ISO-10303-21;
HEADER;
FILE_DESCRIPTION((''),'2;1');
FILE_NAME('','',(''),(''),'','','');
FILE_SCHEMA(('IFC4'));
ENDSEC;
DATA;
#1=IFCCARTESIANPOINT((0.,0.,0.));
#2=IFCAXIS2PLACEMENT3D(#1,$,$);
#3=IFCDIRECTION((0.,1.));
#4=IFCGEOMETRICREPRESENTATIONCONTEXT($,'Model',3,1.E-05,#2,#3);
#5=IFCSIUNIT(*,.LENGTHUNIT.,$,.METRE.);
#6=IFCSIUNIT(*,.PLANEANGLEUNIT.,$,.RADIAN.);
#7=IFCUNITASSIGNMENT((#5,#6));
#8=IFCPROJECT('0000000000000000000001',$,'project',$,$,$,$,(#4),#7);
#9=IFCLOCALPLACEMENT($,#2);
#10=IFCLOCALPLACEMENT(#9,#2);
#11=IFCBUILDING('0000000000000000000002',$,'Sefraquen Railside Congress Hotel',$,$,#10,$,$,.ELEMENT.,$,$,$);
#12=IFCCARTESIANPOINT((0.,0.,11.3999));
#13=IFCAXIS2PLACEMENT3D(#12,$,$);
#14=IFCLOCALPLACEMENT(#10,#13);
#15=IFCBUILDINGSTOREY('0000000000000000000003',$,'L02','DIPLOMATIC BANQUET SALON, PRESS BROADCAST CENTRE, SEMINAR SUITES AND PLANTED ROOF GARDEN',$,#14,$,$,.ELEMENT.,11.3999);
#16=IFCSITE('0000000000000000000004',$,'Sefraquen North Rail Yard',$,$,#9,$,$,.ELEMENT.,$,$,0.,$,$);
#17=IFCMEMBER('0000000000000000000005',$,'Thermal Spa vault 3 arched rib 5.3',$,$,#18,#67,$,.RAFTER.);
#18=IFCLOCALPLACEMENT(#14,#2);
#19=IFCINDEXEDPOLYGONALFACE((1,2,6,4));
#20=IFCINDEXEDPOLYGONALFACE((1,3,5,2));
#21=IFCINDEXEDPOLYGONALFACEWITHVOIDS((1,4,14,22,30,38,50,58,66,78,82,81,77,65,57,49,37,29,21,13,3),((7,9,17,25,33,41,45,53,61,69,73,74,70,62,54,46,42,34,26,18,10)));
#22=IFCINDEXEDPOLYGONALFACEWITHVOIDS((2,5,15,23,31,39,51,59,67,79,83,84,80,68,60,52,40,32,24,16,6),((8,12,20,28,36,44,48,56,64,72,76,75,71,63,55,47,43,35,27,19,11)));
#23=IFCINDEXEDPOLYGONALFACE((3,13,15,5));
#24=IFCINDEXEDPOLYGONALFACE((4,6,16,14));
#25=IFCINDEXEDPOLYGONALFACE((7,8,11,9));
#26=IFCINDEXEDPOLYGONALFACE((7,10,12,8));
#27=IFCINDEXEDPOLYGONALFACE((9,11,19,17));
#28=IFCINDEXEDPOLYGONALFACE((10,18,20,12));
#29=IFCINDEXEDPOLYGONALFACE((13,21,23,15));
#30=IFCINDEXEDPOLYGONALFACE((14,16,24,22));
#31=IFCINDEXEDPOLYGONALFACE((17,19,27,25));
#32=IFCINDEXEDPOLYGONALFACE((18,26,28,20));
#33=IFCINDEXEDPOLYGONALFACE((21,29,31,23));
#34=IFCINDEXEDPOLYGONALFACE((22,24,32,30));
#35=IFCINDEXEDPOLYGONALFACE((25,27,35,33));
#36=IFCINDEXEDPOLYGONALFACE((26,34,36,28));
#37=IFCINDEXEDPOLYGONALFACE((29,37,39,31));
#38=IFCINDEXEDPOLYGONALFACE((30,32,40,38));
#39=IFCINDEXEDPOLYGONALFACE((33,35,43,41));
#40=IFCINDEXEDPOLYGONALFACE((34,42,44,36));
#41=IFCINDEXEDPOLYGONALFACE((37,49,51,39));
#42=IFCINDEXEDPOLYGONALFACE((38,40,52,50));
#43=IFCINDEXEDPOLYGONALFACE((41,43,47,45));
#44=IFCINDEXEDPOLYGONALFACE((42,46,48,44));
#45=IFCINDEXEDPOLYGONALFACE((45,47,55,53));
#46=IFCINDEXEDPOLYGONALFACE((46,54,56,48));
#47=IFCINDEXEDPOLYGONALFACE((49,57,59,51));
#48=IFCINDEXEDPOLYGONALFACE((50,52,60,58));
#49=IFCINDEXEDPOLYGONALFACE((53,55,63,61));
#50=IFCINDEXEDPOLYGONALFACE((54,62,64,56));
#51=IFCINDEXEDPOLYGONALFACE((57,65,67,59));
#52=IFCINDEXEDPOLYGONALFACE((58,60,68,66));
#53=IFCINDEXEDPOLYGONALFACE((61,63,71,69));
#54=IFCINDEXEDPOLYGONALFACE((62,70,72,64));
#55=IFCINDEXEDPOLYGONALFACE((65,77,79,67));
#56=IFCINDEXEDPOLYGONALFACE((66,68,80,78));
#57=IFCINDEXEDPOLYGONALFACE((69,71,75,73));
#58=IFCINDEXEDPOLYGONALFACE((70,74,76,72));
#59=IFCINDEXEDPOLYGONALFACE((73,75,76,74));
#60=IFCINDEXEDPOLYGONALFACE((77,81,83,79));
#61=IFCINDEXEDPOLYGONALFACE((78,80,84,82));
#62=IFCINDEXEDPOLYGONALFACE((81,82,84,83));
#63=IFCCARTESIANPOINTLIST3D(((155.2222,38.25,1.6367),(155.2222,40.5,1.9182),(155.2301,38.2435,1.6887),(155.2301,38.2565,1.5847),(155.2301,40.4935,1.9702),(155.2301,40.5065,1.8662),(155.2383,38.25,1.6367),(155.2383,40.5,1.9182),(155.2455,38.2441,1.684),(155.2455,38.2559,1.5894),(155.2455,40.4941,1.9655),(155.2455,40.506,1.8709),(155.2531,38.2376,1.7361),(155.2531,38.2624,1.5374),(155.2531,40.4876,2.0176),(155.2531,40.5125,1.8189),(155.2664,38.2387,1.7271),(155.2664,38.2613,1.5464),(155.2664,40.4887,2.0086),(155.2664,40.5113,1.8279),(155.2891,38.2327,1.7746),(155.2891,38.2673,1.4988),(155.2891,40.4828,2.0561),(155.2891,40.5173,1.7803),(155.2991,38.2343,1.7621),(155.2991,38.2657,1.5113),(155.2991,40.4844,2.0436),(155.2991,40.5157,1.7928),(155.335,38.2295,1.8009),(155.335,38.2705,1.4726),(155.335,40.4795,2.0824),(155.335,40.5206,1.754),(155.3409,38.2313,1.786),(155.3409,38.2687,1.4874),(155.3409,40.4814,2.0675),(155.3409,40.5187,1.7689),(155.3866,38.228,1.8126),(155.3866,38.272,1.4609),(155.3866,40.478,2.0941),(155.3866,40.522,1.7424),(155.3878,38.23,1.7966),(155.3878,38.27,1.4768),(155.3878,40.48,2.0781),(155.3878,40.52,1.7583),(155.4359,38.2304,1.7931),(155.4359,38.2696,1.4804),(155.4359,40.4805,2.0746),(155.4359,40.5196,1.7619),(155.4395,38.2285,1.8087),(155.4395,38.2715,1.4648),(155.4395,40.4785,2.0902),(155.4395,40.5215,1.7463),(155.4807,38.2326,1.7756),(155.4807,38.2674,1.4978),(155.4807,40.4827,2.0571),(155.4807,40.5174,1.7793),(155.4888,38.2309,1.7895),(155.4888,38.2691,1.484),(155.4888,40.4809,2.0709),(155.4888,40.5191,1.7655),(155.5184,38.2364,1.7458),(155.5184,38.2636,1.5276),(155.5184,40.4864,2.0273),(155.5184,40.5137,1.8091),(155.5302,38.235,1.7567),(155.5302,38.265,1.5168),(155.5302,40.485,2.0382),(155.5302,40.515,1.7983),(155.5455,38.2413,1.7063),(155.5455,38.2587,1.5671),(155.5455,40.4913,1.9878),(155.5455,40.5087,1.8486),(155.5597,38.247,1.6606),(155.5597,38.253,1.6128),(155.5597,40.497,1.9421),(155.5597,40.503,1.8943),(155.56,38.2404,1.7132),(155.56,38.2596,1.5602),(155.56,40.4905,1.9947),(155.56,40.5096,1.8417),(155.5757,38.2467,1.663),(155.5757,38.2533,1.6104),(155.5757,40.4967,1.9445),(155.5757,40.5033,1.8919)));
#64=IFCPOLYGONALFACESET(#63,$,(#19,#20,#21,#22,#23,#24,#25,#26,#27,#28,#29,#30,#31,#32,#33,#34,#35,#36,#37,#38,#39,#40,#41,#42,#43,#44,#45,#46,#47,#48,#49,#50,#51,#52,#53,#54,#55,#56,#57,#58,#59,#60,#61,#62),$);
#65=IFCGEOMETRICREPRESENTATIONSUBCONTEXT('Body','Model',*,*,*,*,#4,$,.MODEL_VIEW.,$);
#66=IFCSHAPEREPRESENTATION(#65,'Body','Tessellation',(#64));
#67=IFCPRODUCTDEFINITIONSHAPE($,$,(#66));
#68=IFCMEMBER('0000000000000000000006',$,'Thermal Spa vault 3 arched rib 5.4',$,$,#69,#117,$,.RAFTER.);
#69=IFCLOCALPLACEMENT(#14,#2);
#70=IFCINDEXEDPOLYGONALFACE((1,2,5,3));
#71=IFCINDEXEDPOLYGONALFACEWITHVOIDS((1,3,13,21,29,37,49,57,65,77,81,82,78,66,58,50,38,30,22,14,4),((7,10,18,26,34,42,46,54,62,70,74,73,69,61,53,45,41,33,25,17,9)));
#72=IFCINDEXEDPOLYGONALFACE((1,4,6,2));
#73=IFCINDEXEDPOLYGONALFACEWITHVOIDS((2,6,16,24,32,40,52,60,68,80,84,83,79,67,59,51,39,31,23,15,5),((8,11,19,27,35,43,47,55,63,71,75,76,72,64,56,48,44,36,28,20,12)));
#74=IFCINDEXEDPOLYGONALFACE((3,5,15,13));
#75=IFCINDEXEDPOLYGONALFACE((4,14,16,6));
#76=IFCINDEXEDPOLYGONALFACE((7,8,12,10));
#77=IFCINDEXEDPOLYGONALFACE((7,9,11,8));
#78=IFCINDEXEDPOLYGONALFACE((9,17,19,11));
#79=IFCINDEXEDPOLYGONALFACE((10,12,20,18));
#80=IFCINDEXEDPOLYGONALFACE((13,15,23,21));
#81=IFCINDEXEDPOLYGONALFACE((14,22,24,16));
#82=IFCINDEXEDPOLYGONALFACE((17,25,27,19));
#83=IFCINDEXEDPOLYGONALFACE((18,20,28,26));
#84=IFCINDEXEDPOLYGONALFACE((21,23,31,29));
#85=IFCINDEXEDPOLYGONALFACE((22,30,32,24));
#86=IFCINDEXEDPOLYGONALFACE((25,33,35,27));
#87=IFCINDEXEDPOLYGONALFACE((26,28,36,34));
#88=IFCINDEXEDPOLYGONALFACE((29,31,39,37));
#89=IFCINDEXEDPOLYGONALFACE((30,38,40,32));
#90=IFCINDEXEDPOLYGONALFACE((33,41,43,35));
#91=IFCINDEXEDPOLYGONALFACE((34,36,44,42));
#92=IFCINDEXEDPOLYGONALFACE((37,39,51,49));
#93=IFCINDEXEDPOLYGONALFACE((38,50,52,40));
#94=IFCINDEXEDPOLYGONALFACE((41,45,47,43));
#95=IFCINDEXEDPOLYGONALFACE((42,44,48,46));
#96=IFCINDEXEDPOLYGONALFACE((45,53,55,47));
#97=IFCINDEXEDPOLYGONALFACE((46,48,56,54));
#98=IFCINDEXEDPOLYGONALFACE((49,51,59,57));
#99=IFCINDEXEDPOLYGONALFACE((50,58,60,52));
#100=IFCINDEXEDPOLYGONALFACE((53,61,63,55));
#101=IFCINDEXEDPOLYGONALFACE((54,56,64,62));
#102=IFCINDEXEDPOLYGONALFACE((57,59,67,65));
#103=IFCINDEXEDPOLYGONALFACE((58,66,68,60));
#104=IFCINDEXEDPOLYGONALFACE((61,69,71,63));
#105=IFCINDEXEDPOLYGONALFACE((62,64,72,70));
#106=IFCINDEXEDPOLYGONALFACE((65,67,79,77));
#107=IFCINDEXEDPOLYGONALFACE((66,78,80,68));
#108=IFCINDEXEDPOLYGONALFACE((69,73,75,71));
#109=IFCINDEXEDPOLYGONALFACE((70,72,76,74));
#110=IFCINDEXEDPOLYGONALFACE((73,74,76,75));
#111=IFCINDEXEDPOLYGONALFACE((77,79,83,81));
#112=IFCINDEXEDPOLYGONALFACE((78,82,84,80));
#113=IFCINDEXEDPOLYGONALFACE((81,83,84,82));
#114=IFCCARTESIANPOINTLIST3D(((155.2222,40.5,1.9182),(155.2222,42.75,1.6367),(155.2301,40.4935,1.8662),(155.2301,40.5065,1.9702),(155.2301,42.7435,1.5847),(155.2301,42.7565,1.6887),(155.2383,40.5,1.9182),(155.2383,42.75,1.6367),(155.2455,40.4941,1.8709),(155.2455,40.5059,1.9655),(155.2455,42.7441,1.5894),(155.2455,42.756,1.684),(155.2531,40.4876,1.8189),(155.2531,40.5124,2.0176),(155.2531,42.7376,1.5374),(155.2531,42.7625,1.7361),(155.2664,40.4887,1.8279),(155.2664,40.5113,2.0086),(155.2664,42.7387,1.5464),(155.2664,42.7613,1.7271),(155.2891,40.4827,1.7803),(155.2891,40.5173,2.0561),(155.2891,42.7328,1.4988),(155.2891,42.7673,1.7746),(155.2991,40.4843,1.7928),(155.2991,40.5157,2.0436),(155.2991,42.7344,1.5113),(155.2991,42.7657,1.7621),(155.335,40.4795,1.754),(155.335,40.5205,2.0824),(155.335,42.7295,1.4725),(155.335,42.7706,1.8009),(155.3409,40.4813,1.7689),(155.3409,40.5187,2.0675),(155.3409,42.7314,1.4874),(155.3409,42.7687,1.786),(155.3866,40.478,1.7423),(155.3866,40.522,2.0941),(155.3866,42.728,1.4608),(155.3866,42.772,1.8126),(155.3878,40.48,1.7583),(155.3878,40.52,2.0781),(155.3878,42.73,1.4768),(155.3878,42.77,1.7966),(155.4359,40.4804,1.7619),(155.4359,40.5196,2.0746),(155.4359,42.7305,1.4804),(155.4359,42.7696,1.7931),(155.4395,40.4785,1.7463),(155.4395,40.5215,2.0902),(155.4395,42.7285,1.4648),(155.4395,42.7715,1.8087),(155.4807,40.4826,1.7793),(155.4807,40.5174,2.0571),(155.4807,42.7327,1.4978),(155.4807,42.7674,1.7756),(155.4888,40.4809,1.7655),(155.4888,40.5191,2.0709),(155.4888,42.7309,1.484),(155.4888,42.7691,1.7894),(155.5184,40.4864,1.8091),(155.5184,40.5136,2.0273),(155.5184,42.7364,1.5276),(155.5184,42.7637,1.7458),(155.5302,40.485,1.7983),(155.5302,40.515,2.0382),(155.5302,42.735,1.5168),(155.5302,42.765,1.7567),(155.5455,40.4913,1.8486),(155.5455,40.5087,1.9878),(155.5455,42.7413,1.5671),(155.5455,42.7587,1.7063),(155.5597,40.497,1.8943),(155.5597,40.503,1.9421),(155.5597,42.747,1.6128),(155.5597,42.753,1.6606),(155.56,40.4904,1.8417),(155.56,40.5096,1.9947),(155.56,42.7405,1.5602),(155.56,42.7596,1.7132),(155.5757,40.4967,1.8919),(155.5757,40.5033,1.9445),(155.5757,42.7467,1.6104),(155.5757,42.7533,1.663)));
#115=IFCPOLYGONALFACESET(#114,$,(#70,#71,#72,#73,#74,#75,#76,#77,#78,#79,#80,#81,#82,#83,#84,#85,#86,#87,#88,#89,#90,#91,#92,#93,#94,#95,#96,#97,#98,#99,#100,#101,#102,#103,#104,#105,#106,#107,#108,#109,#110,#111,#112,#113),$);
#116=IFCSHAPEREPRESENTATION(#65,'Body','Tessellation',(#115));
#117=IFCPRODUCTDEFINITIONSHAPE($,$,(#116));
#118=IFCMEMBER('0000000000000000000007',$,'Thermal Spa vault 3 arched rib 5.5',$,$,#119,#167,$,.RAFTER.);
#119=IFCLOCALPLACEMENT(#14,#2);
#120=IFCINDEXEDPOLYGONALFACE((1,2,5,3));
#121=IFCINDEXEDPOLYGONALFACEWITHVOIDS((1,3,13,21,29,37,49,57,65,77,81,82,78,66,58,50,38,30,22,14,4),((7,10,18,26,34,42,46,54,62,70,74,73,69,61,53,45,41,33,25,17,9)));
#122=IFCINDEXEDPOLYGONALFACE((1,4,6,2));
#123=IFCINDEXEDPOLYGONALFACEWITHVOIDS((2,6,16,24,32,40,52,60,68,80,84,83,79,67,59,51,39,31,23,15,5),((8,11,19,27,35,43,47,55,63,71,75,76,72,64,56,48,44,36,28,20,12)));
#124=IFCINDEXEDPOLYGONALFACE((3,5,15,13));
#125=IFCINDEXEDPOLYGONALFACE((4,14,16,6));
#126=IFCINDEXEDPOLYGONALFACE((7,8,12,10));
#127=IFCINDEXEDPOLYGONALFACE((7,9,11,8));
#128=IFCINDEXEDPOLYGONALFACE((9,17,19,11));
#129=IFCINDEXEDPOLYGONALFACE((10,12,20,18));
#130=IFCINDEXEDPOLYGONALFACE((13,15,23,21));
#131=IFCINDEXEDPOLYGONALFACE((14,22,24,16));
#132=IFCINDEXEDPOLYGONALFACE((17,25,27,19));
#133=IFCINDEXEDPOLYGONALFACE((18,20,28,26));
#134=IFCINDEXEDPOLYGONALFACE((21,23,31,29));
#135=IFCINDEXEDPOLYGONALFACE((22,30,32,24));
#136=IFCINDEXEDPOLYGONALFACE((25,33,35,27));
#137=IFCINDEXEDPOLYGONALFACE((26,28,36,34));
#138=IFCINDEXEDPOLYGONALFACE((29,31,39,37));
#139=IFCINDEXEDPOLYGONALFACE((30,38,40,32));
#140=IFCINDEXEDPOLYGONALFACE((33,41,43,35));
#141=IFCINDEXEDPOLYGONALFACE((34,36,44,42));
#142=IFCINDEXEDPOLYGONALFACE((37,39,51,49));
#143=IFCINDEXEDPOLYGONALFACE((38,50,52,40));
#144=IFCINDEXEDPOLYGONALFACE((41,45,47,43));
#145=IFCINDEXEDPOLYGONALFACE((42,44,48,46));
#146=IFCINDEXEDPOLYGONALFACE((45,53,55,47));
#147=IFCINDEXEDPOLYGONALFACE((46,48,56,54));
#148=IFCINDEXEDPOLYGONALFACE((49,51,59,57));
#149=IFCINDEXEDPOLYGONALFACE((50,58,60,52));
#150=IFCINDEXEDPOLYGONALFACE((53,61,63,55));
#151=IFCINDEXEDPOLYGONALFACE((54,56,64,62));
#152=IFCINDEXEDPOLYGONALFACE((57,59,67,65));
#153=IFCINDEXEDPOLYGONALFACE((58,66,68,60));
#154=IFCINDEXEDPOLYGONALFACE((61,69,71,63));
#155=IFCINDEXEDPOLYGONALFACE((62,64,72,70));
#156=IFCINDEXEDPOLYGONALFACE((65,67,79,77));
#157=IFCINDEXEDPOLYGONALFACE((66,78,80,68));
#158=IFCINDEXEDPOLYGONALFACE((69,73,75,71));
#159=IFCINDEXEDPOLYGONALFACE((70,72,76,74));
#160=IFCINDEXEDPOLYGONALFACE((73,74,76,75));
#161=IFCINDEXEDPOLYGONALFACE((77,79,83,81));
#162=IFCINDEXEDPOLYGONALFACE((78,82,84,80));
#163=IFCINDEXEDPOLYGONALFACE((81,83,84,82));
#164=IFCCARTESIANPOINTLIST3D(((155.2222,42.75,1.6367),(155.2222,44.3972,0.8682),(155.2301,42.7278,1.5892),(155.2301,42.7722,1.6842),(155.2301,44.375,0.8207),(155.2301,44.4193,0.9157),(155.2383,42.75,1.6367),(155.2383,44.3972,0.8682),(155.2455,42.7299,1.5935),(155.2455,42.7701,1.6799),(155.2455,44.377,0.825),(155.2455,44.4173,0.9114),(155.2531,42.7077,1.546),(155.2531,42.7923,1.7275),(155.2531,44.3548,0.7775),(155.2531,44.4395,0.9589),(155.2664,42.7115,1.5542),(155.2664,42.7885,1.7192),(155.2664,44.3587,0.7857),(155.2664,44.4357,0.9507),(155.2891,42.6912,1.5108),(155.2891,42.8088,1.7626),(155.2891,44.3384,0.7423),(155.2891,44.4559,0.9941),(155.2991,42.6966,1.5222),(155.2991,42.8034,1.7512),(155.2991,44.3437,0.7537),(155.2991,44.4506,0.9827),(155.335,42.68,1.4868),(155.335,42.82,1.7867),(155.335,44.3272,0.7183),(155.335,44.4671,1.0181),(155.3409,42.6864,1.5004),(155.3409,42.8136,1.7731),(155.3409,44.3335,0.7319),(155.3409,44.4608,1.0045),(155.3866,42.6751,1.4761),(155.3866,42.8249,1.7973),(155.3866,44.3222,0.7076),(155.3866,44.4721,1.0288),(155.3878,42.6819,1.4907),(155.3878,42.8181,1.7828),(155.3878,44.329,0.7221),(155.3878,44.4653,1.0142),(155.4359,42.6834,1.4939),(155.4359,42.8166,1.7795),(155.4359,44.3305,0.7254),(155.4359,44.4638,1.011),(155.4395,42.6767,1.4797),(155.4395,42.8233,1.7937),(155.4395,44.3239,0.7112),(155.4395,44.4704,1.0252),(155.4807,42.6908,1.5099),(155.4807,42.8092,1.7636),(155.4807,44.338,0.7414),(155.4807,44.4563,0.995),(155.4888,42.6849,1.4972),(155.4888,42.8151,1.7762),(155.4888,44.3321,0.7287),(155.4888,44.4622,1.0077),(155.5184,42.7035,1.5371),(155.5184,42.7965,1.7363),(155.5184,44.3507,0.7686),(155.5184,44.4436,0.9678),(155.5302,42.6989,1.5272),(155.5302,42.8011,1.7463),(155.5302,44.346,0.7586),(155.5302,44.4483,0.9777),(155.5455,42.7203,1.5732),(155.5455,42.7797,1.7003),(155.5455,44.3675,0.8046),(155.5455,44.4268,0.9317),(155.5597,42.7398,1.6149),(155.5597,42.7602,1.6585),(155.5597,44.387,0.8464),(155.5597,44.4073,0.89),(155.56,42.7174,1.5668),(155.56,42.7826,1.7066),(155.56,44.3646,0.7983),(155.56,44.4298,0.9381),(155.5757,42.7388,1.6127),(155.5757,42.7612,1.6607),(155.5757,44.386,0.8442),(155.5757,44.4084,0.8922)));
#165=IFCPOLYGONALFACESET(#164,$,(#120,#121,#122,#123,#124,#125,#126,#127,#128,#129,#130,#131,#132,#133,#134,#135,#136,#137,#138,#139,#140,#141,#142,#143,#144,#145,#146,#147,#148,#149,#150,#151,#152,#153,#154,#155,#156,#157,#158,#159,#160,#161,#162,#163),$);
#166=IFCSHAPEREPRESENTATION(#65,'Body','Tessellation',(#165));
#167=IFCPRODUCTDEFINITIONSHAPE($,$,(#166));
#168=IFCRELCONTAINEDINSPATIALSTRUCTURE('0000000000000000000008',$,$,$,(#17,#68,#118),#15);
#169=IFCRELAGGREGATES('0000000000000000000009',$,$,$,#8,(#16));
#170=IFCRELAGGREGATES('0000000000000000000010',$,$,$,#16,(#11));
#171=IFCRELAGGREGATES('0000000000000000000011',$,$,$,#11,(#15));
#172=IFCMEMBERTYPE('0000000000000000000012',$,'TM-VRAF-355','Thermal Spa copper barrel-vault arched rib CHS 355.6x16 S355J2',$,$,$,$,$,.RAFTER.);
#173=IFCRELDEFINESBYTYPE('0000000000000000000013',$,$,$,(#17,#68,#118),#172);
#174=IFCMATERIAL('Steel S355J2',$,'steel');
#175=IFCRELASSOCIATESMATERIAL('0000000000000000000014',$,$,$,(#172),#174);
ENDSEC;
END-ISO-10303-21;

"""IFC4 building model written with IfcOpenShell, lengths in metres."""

from ifc_helpers import new_model, si_unit, direction, frame, origin, origin_2d, place, context, subcontext, project, spatial, hollow_circle, extrude, material, material_profile, profile_set, type_object, element, save


model = new_model("IFC4")

# Units and contexts
model_context = context("Model", 3, precision=1e-05, world=origin(), true_north=direction((0.0, 1.0)))
body_context = subcontext(model_context, "Body", "Model", "MODEL_VIEW")
ifc_project = project(units=[si_unit("LENGTHUNIT", "METRE"), si_unit("PLANEANGLEUNIT", "RADIAN")], contexts=[model_context])

# Site, building, storey
site_placement = place(None, origin())
site = spatial("IfcSite", under=ifc_project, at=site_placement, Name="Sefraquen North Rail Yard", CompositionType="ELEMENT", RefElevation=0.0)
building_placement = place(site_placement, origin())
building = spatial("IfcBuilding", under=site, at=building_placement, Name="Sefraquen Railside Congress Hotel", CompositionType="ELEMENT")
storey_placement = place(building_placement, frame((0.0, 0.0, 11.3999)))
storey = spatial("IfcBuildingStorey", under=building, at=storey_placement, Name="L02", Description="DIPLOMATIC BANQUET SALON, PRESS BROADCAST CENTRE, SEMINAR SUITES AND PLANTED ROOF GARDEN", CompositionType="ELEMENT", Elevation=11.3999)

# Members
ifc_material_1 = material(Name="Steel S355J2", Category="steel")
ifc_material_profile_1 = material_profile(ifc_material_1, hollow_circle(Radius=0.1777, WallThickness=0.0161, at=origin_2d()), Name="CHS 355.6x16")
ifc_profile_set_1 = profile_set([ifc_material_profile_1], Name="Steel S355J2")
member_type = type_object("IfcMemberType", Name="TM-VRAF-355", Description="Thermal Spa copper barrel-vault arched rib CHS 355.6x16 S355J2", PredefinedType="RAFTER", material=ifc_profile_set_1)
for number, where, z_axis, x_axis, name in (
    (1, (155.3999, 38.25, 1.6367), (0.0, 0.992265, 0.124141), (-1.0, 0.0, 0.0), "Thermal Spa vault 3 arched rib 5.3"),
    (2, (155.3999, 40.5, 1.9182), (0.0, 0.992265, -0.124141), (-1.0, 0.0, 0.0), "Thermal Spa vault 3 arched rib 5.4"),
):
    element("IfcMember", number, at=place(storey_placement, frame(where, z_axis=z_axis, x_axis=x_axis)), inside=storey, type_object=member_type, Name=name, PredefinedType="RAFTER", context=body_context, shape_type="SweptSolid", body=[
        extrude(hollow_circle(Radius=0.1777, WallThickness=0.0161, at=origin_2d()), origin(), (0.0, 0.0, 1.0), 2.2676),
    ])
member_1_placement = place(storey_placement, frame((155.3999, 42.75, 1.6367), z_axis=(0.0, 0.906214, -0.422819), x_axis=(-1.0, 0.0, 0.0)))
element("IfcMember", 3, at=member_1_placement, inside=storey, type_object=member_type, Name="Thermal Spa vault 3 arched rib 5.5", PredefinedType="RAFTER", context=body_context, shape_type="SweptSolid", body=[
    extrude(hollow_circle(Radius=0.1777, WallThickness=0.0161, at=origin_2d()), origin(), (0.0, 0.0, 1.0), 1.8176),
])

save(model, "model.ifc")
